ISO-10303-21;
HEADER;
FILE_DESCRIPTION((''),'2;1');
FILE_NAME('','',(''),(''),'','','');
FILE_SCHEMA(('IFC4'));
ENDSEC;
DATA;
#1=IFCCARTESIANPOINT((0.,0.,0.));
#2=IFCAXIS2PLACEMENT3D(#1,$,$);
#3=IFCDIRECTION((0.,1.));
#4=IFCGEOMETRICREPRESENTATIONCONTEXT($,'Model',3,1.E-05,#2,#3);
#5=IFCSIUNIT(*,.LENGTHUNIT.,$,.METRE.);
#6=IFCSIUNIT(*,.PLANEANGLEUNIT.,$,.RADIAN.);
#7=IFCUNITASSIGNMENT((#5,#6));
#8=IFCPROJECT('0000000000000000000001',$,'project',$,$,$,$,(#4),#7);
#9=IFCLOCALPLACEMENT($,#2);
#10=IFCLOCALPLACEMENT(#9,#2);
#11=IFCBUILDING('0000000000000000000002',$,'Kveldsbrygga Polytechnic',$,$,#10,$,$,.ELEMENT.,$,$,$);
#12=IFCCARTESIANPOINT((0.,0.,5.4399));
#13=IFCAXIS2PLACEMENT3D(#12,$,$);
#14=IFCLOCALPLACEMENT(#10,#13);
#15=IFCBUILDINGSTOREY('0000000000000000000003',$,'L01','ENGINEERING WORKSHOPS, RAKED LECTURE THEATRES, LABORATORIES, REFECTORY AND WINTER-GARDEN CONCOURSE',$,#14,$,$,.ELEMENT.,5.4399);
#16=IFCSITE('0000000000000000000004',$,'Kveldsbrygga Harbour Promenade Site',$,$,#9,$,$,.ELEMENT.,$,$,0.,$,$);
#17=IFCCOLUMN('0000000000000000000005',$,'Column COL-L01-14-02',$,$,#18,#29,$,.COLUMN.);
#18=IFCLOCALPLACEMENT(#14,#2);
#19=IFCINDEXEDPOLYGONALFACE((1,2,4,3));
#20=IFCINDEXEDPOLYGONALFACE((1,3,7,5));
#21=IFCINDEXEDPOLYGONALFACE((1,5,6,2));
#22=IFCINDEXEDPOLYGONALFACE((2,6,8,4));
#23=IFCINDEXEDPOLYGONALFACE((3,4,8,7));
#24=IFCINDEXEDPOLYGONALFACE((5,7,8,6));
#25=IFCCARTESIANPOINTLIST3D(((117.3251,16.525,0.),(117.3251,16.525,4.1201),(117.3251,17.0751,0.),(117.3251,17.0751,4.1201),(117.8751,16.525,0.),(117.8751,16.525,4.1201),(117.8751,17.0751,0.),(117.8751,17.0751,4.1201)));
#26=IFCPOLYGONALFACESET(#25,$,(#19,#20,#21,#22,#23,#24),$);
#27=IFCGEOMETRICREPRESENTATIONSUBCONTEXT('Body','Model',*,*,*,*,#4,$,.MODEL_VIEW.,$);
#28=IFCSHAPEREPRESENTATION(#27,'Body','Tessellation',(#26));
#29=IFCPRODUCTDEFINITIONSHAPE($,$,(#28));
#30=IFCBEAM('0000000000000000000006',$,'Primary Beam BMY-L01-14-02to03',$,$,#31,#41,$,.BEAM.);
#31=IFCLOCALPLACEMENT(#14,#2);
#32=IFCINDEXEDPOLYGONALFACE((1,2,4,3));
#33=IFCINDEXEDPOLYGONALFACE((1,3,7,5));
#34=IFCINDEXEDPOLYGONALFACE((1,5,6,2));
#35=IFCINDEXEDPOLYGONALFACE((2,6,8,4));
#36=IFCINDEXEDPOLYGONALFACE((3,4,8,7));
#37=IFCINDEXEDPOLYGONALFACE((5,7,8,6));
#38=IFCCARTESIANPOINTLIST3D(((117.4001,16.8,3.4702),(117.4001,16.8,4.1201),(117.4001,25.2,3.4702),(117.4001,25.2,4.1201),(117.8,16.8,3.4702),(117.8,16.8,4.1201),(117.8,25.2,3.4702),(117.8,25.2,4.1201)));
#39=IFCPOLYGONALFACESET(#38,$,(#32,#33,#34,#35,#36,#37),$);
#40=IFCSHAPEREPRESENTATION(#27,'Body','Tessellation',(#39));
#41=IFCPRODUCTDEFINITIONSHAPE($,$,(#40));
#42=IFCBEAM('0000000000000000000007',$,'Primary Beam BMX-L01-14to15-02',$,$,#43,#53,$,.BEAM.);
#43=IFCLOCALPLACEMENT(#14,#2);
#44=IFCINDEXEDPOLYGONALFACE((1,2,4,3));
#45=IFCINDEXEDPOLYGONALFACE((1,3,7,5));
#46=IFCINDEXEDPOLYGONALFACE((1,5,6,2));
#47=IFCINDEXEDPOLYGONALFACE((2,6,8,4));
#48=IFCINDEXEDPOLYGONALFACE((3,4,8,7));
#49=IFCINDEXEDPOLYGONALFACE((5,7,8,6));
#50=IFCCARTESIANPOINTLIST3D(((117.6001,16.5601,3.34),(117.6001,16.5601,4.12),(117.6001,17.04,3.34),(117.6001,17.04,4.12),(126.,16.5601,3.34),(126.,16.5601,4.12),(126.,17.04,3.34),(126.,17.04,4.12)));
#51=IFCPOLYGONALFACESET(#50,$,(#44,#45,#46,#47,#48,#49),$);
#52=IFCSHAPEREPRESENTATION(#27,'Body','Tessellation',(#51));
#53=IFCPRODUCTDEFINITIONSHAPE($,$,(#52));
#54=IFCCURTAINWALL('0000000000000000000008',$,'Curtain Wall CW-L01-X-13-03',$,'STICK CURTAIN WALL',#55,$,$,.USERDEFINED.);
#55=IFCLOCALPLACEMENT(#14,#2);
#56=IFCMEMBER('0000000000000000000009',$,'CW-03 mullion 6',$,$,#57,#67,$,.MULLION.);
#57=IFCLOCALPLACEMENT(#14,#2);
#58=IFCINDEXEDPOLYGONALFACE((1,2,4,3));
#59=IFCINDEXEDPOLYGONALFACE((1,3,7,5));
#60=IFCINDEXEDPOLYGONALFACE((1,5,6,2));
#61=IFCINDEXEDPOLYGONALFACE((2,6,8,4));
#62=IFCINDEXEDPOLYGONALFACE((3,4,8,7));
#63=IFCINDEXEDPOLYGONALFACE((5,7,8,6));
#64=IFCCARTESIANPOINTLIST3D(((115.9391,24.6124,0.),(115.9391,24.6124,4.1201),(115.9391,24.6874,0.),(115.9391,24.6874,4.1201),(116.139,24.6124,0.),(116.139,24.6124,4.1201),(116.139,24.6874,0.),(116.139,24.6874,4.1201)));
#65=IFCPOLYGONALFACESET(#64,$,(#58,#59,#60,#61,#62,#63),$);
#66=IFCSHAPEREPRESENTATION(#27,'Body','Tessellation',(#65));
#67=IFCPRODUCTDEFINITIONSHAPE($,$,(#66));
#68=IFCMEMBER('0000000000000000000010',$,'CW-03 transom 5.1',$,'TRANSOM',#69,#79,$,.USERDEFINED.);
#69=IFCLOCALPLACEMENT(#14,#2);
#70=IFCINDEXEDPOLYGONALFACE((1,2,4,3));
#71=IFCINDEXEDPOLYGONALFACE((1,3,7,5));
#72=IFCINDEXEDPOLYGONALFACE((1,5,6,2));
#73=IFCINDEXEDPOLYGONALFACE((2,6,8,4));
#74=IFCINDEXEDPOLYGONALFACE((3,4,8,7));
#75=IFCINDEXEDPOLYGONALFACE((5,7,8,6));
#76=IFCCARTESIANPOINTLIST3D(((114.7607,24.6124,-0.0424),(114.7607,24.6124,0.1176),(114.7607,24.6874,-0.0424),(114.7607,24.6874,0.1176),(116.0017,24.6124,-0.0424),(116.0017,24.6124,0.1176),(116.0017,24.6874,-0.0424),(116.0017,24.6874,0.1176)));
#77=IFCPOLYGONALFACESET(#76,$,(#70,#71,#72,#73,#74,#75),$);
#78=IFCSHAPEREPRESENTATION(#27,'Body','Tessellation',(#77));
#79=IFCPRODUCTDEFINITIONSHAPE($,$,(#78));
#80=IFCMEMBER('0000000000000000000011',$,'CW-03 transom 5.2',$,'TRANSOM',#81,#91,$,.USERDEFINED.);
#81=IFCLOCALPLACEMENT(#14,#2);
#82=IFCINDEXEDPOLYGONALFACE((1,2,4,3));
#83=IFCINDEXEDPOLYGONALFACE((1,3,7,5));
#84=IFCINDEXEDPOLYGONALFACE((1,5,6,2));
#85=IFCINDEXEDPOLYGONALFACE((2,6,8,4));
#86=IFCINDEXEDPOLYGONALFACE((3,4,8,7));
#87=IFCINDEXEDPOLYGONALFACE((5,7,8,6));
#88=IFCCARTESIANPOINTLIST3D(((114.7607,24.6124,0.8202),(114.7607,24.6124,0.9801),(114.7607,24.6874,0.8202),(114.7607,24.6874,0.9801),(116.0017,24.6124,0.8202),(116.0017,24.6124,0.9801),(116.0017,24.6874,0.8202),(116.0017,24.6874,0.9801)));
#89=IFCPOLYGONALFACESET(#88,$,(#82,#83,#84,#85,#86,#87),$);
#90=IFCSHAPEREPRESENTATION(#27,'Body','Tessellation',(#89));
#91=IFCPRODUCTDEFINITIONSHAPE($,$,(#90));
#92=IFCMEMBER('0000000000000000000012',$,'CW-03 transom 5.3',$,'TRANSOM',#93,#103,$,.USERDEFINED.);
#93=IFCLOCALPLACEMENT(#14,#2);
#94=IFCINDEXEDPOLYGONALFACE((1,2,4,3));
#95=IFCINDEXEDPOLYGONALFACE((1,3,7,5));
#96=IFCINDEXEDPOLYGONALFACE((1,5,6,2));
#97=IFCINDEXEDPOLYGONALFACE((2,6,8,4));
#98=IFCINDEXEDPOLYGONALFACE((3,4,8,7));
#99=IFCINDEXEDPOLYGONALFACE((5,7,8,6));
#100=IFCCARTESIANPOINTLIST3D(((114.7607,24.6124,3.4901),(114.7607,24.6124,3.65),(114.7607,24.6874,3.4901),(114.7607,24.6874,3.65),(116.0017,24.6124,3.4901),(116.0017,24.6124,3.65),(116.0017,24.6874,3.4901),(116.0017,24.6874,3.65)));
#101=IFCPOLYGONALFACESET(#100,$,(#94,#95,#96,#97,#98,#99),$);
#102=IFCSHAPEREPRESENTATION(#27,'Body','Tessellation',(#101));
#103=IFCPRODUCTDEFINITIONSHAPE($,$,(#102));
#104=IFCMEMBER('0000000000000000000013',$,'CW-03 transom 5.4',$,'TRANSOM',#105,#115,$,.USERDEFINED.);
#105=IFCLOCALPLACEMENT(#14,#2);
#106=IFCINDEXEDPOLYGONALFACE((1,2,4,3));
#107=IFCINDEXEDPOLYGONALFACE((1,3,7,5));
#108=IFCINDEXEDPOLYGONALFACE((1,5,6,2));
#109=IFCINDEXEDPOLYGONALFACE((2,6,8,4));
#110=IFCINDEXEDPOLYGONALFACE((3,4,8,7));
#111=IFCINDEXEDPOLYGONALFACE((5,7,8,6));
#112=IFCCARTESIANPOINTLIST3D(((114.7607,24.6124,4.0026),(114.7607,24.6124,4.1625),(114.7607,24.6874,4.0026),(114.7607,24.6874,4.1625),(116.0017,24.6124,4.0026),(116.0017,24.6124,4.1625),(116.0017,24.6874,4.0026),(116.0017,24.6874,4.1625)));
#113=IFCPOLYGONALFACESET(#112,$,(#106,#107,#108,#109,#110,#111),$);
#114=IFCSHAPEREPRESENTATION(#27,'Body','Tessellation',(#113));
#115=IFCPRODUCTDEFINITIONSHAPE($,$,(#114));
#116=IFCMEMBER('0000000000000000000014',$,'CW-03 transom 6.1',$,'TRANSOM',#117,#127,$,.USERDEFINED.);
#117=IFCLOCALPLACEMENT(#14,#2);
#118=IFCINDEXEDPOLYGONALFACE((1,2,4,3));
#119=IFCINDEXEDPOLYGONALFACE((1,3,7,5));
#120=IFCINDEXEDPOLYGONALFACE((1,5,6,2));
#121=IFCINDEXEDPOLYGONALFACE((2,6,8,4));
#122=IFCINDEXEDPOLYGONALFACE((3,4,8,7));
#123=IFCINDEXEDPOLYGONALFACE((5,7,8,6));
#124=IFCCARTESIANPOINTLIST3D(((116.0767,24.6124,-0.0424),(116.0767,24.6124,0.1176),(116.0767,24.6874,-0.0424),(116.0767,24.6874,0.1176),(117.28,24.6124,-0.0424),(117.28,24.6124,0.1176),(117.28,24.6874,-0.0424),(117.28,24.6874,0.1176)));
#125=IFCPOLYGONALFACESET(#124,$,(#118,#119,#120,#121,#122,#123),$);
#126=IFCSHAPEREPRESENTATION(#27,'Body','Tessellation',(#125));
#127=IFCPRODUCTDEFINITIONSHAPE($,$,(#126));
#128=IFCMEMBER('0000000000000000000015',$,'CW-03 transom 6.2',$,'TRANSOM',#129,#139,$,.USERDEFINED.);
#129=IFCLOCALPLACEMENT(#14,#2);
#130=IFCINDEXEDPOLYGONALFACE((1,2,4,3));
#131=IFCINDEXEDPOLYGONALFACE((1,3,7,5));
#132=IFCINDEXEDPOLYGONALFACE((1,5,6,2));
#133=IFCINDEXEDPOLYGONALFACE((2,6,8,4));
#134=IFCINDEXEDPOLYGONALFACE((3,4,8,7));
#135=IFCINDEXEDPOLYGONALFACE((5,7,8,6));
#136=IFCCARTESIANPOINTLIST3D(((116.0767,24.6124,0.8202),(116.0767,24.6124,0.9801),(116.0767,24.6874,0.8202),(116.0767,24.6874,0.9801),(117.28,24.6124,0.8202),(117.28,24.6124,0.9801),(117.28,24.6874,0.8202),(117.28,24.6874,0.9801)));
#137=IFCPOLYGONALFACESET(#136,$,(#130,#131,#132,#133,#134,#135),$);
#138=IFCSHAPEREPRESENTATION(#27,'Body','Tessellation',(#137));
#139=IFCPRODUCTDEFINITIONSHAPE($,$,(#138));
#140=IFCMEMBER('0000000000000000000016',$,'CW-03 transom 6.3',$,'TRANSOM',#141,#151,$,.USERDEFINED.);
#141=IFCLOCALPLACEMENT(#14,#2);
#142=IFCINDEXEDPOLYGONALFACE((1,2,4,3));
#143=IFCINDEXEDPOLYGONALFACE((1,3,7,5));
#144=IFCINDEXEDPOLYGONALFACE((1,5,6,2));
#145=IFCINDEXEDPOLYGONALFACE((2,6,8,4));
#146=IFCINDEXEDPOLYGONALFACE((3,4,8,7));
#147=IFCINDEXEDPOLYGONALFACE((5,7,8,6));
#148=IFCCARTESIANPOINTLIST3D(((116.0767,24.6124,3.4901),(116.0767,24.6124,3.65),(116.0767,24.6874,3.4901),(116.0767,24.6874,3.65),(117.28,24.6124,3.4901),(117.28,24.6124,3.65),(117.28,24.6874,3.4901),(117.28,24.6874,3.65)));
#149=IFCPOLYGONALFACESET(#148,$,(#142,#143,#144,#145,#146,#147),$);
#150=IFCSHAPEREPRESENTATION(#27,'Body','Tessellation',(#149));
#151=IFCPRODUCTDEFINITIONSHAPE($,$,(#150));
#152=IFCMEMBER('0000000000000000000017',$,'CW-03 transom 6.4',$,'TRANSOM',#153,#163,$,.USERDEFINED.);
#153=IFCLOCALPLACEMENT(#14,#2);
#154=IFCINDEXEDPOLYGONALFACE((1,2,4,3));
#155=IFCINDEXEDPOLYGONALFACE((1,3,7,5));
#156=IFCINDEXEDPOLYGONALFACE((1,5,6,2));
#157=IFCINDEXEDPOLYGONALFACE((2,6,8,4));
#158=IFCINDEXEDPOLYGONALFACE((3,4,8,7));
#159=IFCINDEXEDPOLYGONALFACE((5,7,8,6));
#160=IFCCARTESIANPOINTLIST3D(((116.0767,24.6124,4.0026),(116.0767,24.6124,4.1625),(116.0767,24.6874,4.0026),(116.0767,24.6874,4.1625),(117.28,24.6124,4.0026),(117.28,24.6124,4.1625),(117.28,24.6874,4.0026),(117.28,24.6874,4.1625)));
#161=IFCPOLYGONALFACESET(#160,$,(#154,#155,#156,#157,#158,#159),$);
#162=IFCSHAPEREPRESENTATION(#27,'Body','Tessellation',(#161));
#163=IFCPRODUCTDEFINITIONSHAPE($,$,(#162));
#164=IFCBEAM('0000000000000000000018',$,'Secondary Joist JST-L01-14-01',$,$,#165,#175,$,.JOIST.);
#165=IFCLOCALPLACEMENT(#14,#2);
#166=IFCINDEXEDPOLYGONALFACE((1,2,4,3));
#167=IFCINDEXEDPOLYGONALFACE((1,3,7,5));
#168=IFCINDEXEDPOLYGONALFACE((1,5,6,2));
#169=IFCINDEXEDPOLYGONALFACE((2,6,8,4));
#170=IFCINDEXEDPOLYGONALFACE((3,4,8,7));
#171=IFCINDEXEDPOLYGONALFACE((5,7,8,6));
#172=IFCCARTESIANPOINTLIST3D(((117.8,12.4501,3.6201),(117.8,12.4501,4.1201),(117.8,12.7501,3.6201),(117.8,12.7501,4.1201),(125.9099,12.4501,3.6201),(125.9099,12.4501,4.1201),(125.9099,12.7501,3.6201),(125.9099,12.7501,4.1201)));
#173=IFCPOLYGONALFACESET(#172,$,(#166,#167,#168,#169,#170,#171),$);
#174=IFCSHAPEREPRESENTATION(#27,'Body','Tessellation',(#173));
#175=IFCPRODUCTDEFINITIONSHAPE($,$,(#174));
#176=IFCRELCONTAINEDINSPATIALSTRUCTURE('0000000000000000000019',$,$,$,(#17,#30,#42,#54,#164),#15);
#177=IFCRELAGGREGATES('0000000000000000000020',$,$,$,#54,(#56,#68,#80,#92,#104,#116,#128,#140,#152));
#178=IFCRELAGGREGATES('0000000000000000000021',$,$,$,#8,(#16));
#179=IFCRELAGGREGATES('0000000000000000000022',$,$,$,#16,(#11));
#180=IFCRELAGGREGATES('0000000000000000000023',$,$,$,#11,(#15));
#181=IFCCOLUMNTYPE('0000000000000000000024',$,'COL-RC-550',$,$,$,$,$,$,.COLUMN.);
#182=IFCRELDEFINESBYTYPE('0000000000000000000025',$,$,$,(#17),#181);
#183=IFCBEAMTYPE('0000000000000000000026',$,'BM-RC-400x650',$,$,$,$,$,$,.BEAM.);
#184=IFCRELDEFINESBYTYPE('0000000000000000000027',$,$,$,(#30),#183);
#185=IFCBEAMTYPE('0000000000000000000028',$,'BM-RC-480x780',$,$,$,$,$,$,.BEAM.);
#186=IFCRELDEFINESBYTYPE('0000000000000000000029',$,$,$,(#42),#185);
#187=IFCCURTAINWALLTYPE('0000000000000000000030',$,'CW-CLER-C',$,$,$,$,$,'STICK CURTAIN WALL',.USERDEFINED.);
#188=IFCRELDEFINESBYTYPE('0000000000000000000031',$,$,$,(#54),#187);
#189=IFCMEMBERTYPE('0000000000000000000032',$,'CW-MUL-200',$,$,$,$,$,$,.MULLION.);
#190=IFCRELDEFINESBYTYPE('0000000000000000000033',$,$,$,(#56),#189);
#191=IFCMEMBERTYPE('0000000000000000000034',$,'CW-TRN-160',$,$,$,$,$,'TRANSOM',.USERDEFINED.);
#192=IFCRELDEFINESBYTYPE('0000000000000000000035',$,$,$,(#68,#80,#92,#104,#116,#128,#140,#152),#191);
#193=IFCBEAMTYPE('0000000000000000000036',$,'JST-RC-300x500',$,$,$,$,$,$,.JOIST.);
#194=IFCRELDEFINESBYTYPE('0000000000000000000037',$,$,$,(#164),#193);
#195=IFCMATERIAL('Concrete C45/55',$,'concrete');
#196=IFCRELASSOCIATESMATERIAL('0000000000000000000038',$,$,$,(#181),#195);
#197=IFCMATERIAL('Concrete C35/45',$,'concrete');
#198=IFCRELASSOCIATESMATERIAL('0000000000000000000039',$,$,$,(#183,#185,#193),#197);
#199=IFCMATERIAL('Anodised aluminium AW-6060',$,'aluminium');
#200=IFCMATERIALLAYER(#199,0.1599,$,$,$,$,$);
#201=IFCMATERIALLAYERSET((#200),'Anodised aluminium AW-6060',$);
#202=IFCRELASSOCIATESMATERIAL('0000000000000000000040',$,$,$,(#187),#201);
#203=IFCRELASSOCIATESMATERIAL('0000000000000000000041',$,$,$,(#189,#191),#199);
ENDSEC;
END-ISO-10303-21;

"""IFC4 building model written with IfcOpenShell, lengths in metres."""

from ifc_helpers import new_model, si_unit, direction, frame, origin, origin_2d, place, context, subcontext, project, spatial, rectangle, extrude, material, layer, layer_set, material_profile, profile_set, type_object, element, aggregate, save


model = new_model("IFC4")

# Units and contexts
model_context = context("Model", 3, precision=1e-05, world=origin(), true_north=direction((0.0, 1.0)))
body_context = subcontext(model_context, "Body", "Model", "MODEL_VIEW")
ifc_project = project(units=[si_unit("LENGTHUNIT", "METRE"), si_unit("PLANEANGLEUNIT", "RADIAN")], contexts=[model_context])

# Site, building, storey
site_placement = place(None, origin())
site = spatial("IfcSite", under=ifc_project, at=site_placement, Name="Kveldsbrygga Harbour Promenade Site", CompositionType="ELEMENT", RefElevation=0.0)
building_placement = place(site_placement, origin())
building = spatial("IfcBuilding", under=site, at=building_placement, Name="Kveldsbrygga Polytechnic", CompositionType="ELEMENT")
storey_placement = place(building_placement, frame((0.0, 0.0, 5.4399)))
storey = spatial("IfcBuildingStorey", under=building, at=storey_placement, Name="L01", Description="ENGINEERING WORKSHOPS, RAKED LECTURE THEATRES, LABORATORIES, REFECTORY AND WINTER-GARDEN CONCOURSE", CompositionType="ELEMENT", Elevation=5.4399)

# Column
ifc_material_1 = material(Name="Concrete C45/55", Category="concrete")
ifc_material_profile_1 = material_profile(ifc_material_1, rectangle(XDim=0.55, YDim=0.55, at=origin_2d()), Name="RC 550x550")
ifc_profile_set_1 = profile_set([ifc_material_profile_1], Name="Concrete C45/55")
column_type = type_object("IfcColumnType", Name="COL-RC-550", PredefinedType="COLUMN", material=ifc_profile_set_1)
column_placement = place(storey_placement, frame((117.6001, 16.8, 0.0), z_axis=(0.0, 0.0, 1.0), x_axis=(1.0, 0.0, 0.0)))
element("IfcColumn", 1, at=column_placement, inside=storey, type_object=column_type, Name="Column COL-L01-14-02", PredefinedType="COLUMN", context=body_context, shape_type="SweptSolid", body=[
    extrude(rectangle(XDim=0.55, YDim=0.55, at=origin_2d()), origin(), (0.0, 0.0, 1.0), 4.1201),
])

# Beams
ifc_material_2 = material(Name="Concrete C35/45", Category="concrete")
ifc_material_profile_2 = material_profile(ifc_material_2, rectangle(XDim=0.3999, YDim=0.6499, at=origin_2d()), Name="RC 400x650")
ifc_profile_set_2 = profile_set([ifc_material_profile_2], Name="Concrete C35/45")
beam_type_1 = type_object("IfcBeamType", Name="BM-RC-400x650", PredefinedType="BEAM", material=ifc_profile_set_2)
beam_1_placement = place(storey_placement, frame((117.6001, 16.8, 3.7952), z_axis=(0.0, 1.0, 0.0), x_axis=(-1.0, 0.0, 0.0)))
element("IfcBeam", 2, at=beam_1_placement, inside=storey, type_object=beam_type_1, Name="Primary Beam BMY-L01-14-02to03", PredefinedType="BEAM", context=body_context, shape_type="SweptSolid", body=[
    extrude(rectangle(XDim=0.3999, YDim=0.6499, at=origin_2d()), origin(), (0.0, 0.0, 1.0), 8.3999),
])
ifc_material_profile_3 = material_profile(ifc_material_2, rectangle(XDim=0.48, YDim=0.78, at=origin_2d()), Name="RC 480x780")
ifc_profile_set_3 = profile_set([ifc_material_profile_3], Name="Concrete C35/45")
beam_type_2 = type_object("IfcBeamType", Name="BM-RC-480x780", PredefinedType="BEAM", material=ifc_profile_set_3)
beam_2_placement = place(storey_placement, frame((117.6001, 16.8, 3.73), z_axis=(1.0, 0.0, 0.0), x_axis=(0.0, 1.0, 0.0)))
element("IfcBeam", 3, at=beam_2_placement, inside=storey, type_object=beam_type_2, Name="Primary Beam BMX-L01-14to15-02", PredefinedType="BEAM", context=body_context, shape_type="SweptSolid", body=[
    extrude(rectangle(XDim=0.48, YDim=0.78, at=origin_2d()), origin(), (0.0, 0.0, 1.0), 8.3999),
])

# Curtain wall, members
ifc_material_3 = material(Name="Anodised aluminium AW-6060", Category="aluminium")
ifc_layer_1 = layer(ifc_material_3, 0.1599)
ifc_layer_set_1 = layer_set([ifc_layer_1], Name="Anodised aluminium AW-6060")
curtain_wall_type = type_object("IfcCurtainWallType", Name="CW-CLER-C", ElementType="STICK CURTAIN WALL", PredefinedType="USERDEFINED", material=ifc_layer_set_1)
curtain_wall_placement = place(storey_placement, origin())
curtain_wall = element("IfcCurtainWall", 4, at=curtain_wall_placement, inside=storey, type_object=curtain_wall_type, Name="Curtain Wall CW-L01-X-13-03", ObjectType="STICK CURTAIN WALL", PredefinedType="USERDEFINED")
ifc_material_profile_4 = material_profile(ifc_material_3, rectangle(XDim=0.075, YDim=0.2, at=origin_2d()), Name="ALU 75x200")
ifc_profile_set_4 = profile_set([ifc_material_profile_4], Name="Anodised aluminium AW-6060")
member_type_1 = type_object("IfcMemberType", Name="CW-MUL-200", PredefinedType="MULLION", material=ifc_profile_set_4)
member_1_placement = place(storey_placement, frame((116.0391, 24.6499, 0.0), z_axis=(0.0, 0.0, 1.0), x_axis=(0.0, 1.0, 0.0)))
member_1 = element("IfcMember", 5, at=member_1_placement, type_object=member_type_1, Name="CW-03 mullion 6", PredefinedType="MULLION", context=body_context, shape_type="SweptSolid", body=[
    extrude(rectangle(XDim=0.075, YDim=0.2, at=origin_2d()), origin(), (0.0, 0.0, 1.0), 4.1201),
])
ifc_material_profile_5 = material_profile(ifc_material_3, rectangle(XDim=0.075, YDim=0.1599, at=origin_2d()), Name="ALU 75x160")
ifc_profile_set_5 = profile_set([ifc_material_profile_5], Name="Anodised aluminium AW-6060")
member_type_2 = type_object("IfcMemberType", Name="CW-TRN-160", ElementType="TRANSOM", PredefinedType="USERDEFINED", material=ifc_profile_set_5)
member_2_placement = place(storey_placement, frame((114.7607, 24.6499, 0.0376), z_axis=(1.0, 0.0, 0.0), x_axis=(0.0, 1.0, 0.0)))
member_2 = element("IfcMember", 6, at=member_2_placement, type_object=member_type_2, Name="CW-03 transom 5.1", ObjectType="TRANSOM", PredefinedType="USERDEFINED", context=body_context, shape_type="SweptSolid", body=[
    extrude(rectangle(XDim=0.075, YDim=0.1599, at=origin_2d()), origin(), (0.0, 0.0, 1.0), 1.241),
])
member_3_placement = place(storey_placement, frame((114.7607, 24.6499, 0.9001), z_axis=(1.0, 0.0, 0.0), x_axis=(0.0, 1.0, 0.0)))
member_3 = element("IfcMember", 7, at=member_3_placement, type_object=member_type_2, Name="CW-03 transom 5.2", ObjectType="TRANSOM", PredefinedType="USERDEFINED", context=body_context, shape_type="SweptSolid", body=[
    extrude(rectangle(XDim=0.075, YDim=0.1599, at=origin_2d()), origin(), (0.0, 0.0, 1.0), 1.241),
])
member_4_placement = place(storey_placement, frame((114.7607, 24.6499, 3.5701), z_axis=(1.0, 0.0, 0.0), x_axis=(0.0, 1.0, 0.0)))
member_4 = element("IfcMember", 8, at=member_4_placement, type_object=member_type_2, Name="CW-03 transom 5.3", ObjectType="TRANSOM", PredefinedType="USERDEFINED", context=body_context, shape_type="SweptSolid", body=[
    extrude(rectangle(XDim=0.075, YDim=0.1599, at=origin_2d()), origin(), (0.0, 0.0, 1.0), 1.241),
])
member_5_placement = place(storey_placement, frame((114.7607, 24.6499, 4.0825), z_axis=(1.0, 0.0, 0.0), x_axis=(0.0, 1.0, 0.0)))
member_5 = element("IfcMember", 9, at=member_5_placement, type_object=member_type_2, Name="CW-03 transom 5.4", ObjectType="TRANSOM", PredefinedType="USERDEFINED", context=body_context, shape_type="SweptSolid", body=[
    extrude(rectangle(XDim=0.075, YDim=0.1599, at=origin_2d()), origin(), (0.0, 0.0, 1.0), 1.241),
])
member_6_placement = place(storey_placement, frame((116.0767, 24.6499, 0.0376), z_axis=(1.0, 0.0, 0.0), x_axis=(0.0, 1.0, 0.0)))
member_6 = element("IfcMember", 10, at=member_6_placement, type_object=member_type_2, Name="CW-03 transom 6.1", ObjectType="TRANSOM", PredefinedType="USERDEFINED", context=body_context, shape_type="SweptSolid", body=[
    extrude(rectangle(XDim=0.075, YDim=0.1599, at=origin_2d()), origin(), (0.0, 0.0, 1.0), 1.2034),
])
member_7_placement = place(storey_placement, frame((116.0767, 24.6499, 0.9001), z_axis=(1.0, 0.0, 0.0), x_axis=(0.0, 1.0, 0.0)))
member_7 = element("IfcMember", 11, at=member_7_placement, type_object=member_type_2, Name="CW-03 transom 6.2", ObjectType="TRANSOM", PredefinedType="USERDEFINED", context=body_context, shape_type="SweptSolid", body=[
    extrude(rectangle(XDim=0.075, YDim=0.1599, at=origin_2d()), origin(), (0.0, 0.0, 1.0), 1.2034),
])
member_8_placement = place(storey_placement, frame((116.0767, 24.6499, 3.5701), z_axis=(1.0, 0.0, 0.0), x_axis=(0.0, 1.0, 0.0)))
member_8 = element("IfcMember", 12, at=member_8_placement, type_object=member_type_2, Name="CW-03 transom 6.3", ObjectType="TRANSOM", PredefinedType="USERDEFINED", context=body_context, shape_type="SweptSolid", body=[
    extrude(rectangle(XDim=0.075, YDim=0.1599, at=origin_2d()), origin(), (0.0, 0.0, 1.0), 1.2034),
])
member_9_placement = place(storey_placement, frame((116.0767, 24.6499, 4.0825), z_axis=(1.0, 0.0, 0.0), x_axis=(0.0, 1.0, 0.0)))
member_9 = element("IfcMember", 13, at=member_9_placement, type_object=member_type_2, Name="CW-03 transom 6.4", ObjectType="TRANSOM", PredefinedType="USERDEFINED", context=body_context, shape_type="SweptSolid", body=[
    extrude(rectangle(XDim=0.075, YDim=0.1599, at=origin_2d()), origin(), (0.0, 0.0, 1.0), 1.2034),
])

# Beam
ifc_material_profile_6 = material_profile(ifc_material_2, rectangle(XDim=0.3, YDim=0.5, at=origin_2d()), Name="RC 300x500")
ifc_profile_set_6 = profile_set([ifc_material_profile_6], Name="Concrete C35/45")
beam_type_3 = type_object("IfcBeamType", Name="JST-RC-300x500", PredefinedType="JOIST", material=ifc_profile_set_6)
beam_3_placement = place(storey_placement, frame((117.8, 12.6001, 3.8701), z_axis=(1.0, 0.0, 0.0), x_axis=(0.0, 1.0, 0.0)))
element("IfcBeam", 14, at=beam_3_placement, inside=storey, type_object=beam_type_3, Name="Secondary Joist JST-L01-14-01", PredefinedType="JOIST", context=body_context, shape_type="SweptSolid", body=[
    extrude(rectangle(XDim=0.3, YDim=0.5, at=origin_2d()), origin(), (0.0, 0.0, 1.0), 8.1099),
])

aggregate(curtain_wall, [member_1, member_2, member_3, member_4, member_5, member_6, member_7, member_8, member_9])

save(model, "model.ifc")
